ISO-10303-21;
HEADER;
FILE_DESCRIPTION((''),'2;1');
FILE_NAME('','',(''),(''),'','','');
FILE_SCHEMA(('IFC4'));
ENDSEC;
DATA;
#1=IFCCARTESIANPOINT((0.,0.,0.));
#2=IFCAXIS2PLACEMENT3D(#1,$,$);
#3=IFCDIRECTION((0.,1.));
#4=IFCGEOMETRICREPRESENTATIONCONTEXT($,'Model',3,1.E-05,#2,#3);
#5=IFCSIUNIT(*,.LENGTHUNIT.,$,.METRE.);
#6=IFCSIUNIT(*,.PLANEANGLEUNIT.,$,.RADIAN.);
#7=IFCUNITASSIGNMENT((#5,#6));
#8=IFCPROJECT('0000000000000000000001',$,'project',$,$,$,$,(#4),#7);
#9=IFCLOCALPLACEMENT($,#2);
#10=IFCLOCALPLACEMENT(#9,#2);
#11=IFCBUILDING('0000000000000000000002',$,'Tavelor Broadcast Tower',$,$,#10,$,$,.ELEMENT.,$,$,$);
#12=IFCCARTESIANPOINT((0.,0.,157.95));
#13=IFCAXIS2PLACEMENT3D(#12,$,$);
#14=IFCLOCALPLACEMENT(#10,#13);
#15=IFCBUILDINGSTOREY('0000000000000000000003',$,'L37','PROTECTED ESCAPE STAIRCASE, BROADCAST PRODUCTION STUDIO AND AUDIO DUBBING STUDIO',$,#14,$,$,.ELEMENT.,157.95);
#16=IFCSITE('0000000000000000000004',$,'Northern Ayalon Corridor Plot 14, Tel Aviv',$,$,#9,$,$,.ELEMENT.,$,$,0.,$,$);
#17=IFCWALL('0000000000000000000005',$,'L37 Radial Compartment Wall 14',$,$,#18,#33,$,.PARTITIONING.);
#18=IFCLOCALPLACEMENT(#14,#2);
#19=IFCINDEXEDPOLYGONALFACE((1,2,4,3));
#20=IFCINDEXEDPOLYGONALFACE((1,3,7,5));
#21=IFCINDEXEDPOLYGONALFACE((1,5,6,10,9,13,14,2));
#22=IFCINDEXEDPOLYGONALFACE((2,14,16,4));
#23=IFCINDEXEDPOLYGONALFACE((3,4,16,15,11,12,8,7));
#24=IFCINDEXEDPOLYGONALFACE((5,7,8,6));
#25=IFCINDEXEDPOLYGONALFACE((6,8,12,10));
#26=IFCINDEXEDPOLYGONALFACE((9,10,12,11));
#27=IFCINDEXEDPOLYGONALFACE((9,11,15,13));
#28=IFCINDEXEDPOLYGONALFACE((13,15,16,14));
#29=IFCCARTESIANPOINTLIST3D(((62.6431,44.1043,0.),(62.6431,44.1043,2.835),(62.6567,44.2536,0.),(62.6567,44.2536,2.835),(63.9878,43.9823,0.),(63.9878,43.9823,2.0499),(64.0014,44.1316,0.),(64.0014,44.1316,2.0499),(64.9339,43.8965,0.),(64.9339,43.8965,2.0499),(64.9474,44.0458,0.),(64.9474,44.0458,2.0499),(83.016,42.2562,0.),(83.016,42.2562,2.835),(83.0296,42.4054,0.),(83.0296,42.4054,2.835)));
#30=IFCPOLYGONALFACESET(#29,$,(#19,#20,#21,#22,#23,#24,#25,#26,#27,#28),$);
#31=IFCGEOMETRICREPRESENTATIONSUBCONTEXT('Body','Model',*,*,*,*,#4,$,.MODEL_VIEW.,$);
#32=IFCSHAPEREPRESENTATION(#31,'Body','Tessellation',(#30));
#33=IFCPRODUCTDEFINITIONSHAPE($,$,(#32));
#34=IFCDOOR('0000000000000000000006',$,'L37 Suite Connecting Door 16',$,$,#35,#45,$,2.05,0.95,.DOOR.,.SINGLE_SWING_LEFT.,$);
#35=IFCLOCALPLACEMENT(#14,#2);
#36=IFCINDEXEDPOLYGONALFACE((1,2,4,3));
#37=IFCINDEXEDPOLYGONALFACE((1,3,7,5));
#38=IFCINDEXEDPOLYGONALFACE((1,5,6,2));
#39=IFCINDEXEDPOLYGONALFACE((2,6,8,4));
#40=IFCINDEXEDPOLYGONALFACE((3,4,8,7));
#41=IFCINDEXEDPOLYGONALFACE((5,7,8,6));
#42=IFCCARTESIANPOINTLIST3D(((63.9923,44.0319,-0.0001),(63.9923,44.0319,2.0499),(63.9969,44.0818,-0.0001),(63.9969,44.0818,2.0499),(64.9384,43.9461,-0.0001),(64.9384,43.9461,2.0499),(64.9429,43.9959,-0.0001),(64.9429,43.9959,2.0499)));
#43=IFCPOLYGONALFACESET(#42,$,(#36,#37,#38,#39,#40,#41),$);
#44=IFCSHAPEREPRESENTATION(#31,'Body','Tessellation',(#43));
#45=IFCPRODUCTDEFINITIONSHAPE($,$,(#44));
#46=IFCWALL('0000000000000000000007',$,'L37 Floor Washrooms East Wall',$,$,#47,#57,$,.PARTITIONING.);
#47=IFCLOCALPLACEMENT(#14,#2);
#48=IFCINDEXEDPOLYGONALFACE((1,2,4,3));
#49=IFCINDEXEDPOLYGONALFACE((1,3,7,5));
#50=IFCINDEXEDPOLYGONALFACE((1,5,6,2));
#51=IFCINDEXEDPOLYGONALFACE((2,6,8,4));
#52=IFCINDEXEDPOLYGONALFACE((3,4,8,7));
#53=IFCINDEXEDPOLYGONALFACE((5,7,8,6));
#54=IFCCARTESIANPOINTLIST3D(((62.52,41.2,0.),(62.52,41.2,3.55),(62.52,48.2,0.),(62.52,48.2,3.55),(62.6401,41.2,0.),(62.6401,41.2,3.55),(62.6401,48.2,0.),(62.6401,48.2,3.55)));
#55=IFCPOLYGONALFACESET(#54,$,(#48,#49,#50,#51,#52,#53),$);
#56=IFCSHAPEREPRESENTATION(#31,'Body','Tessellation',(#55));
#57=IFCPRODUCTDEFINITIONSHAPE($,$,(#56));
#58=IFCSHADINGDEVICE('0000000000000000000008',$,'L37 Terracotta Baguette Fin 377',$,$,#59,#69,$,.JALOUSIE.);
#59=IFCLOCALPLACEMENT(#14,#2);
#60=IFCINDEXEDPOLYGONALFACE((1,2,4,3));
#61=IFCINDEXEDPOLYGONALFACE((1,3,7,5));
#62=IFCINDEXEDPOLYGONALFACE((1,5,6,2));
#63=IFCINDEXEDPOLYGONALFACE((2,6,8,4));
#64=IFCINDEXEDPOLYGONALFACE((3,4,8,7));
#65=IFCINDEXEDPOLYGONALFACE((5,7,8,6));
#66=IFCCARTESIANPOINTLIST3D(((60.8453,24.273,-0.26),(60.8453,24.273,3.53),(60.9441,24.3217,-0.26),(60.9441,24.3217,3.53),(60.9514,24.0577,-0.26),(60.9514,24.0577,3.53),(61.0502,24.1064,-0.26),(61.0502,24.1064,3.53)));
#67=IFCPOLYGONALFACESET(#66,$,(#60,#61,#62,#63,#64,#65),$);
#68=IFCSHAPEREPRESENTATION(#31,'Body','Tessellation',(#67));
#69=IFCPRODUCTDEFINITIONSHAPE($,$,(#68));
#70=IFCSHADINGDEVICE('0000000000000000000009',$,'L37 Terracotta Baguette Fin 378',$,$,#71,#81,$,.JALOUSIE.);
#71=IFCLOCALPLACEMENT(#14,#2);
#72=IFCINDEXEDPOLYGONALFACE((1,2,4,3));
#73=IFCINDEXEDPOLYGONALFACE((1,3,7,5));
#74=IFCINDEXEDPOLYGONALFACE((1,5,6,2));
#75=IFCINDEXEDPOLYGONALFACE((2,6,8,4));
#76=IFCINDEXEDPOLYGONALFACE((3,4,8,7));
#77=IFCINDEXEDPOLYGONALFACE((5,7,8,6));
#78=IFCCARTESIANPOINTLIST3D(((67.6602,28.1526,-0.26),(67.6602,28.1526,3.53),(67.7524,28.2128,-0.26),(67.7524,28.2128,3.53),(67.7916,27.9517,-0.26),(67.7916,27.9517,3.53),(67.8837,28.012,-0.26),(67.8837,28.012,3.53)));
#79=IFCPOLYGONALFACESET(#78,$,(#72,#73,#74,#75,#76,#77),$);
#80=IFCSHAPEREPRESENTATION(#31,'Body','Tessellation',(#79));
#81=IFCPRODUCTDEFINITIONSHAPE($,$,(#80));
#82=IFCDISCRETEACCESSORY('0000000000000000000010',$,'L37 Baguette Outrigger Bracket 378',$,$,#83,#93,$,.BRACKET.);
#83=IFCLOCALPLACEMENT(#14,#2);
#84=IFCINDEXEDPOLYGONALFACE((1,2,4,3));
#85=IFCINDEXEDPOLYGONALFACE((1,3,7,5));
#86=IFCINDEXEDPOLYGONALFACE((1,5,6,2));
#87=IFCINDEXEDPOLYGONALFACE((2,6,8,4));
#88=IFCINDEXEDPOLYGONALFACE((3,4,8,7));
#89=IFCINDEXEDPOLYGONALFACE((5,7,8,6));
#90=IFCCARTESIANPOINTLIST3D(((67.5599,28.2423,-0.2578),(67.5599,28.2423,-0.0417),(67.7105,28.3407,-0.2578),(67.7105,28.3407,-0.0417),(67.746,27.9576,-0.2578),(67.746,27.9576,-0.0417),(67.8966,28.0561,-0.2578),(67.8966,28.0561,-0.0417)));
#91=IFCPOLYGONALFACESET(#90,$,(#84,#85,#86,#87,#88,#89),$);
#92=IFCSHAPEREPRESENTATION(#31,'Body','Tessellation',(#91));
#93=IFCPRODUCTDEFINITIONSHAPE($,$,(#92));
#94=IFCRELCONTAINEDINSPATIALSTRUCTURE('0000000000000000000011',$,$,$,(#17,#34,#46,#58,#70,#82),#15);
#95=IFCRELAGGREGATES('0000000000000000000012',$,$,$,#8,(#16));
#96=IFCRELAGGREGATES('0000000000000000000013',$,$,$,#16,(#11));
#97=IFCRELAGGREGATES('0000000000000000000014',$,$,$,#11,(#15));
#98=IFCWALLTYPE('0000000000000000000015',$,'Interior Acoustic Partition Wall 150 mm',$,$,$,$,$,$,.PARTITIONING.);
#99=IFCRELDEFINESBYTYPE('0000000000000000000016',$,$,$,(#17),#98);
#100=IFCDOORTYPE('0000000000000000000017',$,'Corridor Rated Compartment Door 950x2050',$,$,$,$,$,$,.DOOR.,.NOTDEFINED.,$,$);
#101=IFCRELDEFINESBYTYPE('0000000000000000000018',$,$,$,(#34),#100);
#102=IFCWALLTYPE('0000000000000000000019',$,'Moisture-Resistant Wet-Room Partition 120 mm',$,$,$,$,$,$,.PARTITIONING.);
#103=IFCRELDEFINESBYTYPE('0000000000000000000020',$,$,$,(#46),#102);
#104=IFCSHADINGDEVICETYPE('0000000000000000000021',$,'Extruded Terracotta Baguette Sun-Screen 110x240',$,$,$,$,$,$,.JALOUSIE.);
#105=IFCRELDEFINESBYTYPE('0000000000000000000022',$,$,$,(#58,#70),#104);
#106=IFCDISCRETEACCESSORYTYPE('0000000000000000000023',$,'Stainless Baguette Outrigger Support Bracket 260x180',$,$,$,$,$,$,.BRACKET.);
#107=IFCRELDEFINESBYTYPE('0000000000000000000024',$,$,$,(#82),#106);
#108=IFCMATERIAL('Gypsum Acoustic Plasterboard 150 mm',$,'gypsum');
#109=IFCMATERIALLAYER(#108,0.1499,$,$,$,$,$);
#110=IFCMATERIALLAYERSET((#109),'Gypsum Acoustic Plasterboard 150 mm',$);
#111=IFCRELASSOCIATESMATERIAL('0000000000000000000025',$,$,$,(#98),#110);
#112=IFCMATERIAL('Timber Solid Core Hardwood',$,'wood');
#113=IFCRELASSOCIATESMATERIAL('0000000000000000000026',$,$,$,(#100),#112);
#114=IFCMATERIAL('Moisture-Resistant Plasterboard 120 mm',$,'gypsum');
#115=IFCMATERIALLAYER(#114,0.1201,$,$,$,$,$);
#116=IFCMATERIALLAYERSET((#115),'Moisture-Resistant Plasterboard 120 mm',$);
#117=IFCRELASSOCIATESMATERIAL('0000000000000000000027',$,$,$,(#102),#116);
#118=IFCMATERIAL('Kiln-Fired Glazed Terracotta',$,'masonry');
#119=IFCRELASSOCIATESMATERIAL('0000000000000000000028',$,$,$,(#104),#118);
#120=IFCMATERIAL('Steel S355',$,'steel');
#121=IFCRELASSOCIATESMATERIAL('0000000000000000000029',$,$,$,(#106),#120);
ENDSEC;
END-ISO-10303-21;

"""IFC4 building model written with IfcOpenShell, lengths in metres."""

from ifc_helpers import new_model, si_unit, direction, frame, frame_2d, origin, origin_2d, place, context, subcontext, project, spatial, rectangle, extrude, source, transform, mapped, material, layer, layer_set, type_object, type_shapes, element, fill, save


model = new_model("IFC4")

# Units and contexts
model_context = context("Model", 3, precision=1e-05, world=origin(), true_north=direction((0.0, 1.0)))
body_context = subcontext(model_context, "Body", "Model", "MODEL_VIEW")
ifc_project = project(units=[si_unit("LENGTHUNIT", "METRE"), si_unit("PLANEANGLEUNIT", "RADIAN")], contexts=[model_context])

# Site, building, storey
site_placement = place(None, origin())
site = spatial("IfcSite", under=ifc_project, at=site_placement, Name="Northern Ayalon Corridor Plot 14, Tel Aviv", CompositionType="ELEMENT", RefElevation=0.0)
building_placement = place(site_placement, origin())
building = spatial("IfcBuilding", under=site, at=building_placement, Name="Tavelor Broadcast Tower", CompositionType="ELEMENT")
storey_placement = place(building_placement, frame((0.0, 0.0, 157.95)))
storey = spatial("IfcBuildingStorey", under=building, at=storey_placement, Name="L37", Description="PROTECTED ESCAPE STAIRCASE, BROADCAST PRODUCTION STUDIO AND AUDIO DUBBING STUDIO", CompositionType="ELEMENT", Elevation=157.95)

# Shared definitions
ifc_material_1 = material(Name="Steel S355", Category="steel")

# Wall, opening, door
ifc_material_2 = material(Name="Gypsum Acoustic Plasterboard 150 mm", Category="gypsum")
ifc_layer_1 = layer(ifc_material_2, 0.1499)
ifc_layer_set_1 = layer_set([ifc_layer_1], Name="Gypsum Acoustic Plasterboard 150 mm")
wall_type_1 = type_object("IfcWallType", Name="Interior Acoustic Partition Wall 150 mm", PredefinedType="PARTITIONING", material=ifc_layer_set_1)
wall_1_placement = place(storey_placement, frame((62.6499, 44.179, 0.0), z_axis=(0.0, 0.0, 1.0), x_axis=(0.995911, -0.090345, 0.0)))
wall_1 = element("IfcWall", 1, at=wall_1_placement, inside=storey, type_object=wall_type_1, Name="L37 Radial Compartment Wall 14", PredefinedType="PARTITIONING", context=body_context, shape_type="SweptSolid", body=[
    extrude(rectangle(XDim=20.4565, YDim=0.1499, at=frame_2d((10.2283, 0.0))), origin(), (0.0, 0.0, 1.0), 2.835),
])
opening_placement = place(wall_1_placement, frame((1.3501, 0.0, 0.0)))
opening = element("IfcOpeningElement", 2, at=opening_placement, cuts=wall_1, PredefinedType="OPENING", context=body_context, shape_type="SweptSolid", body=[
    extrude(rectangle(XDim=0.95, YDim=2.05, at=frame_2d((0.4751, 1.0249))), frame((0.0, 0.085, 0.0), z_axis=(0.0, -1.0, 0.0), x_axis=(1.0, 0.0, 0.0)), (0.0, 0.0, 1.0), 0.1699),
])
ifc_material_3 = material(Name="Timber Solid Core Hardwood", Category="wood")
door_type = type_object("IfcDoorType", Name="Corridor Rated Compartment Door 950x2050", OperationType="NOTDEFINED", PredefinedType="DOOR", material=ifc_material_3)
door_placement = place(opening_placement, origin())
door = element("IfcDoor", 3, at=door_placement, inside=storey, type_object=door_type, Name="L37 Suite Connecting Door 16", OperationType="SINGLE_SWING_LEFT", OverallHeight=2.05, OverallWidth=0.95, PredefinedType="DOOR", context=body_context, shape_type="SweptSolid", body=[
    extrude(rectangle(XDim=0.95, YDim=2.05, at=frame_2d((0.4751, 1.0249))), frame((0.0, 0.0249, 0.0), z_axis=(0.0, -1.0, 0.0), x_axis=(1.0, 0.0, 0.0)), (0.0, 0.0, 1.0), 0.05),
])
fill(opening, door)

# Wall
ifc_material_4 = material(Name="Moisture-Resistant Plasterboard 120 mm", Category="gypsum")
ifc_layer_2 = layer(ifc_material_4, 0.1201)
ifc_layer_set_2 = layer_set([ifc_layer_2], Name="Moisture-Resistant Plasterboard 120 mm")
wall_type_2 = type_object("IfcWallType", Name="Moisture-Resistant Wet-Room Partition 120 mm", PredefinedType="PARTITIONING", material=ifc_layer_set_2)
wall_2_placement = place(storey_placement, frame((62.5801, 41.2, 0.0), z_axis=(0.0, 0.0, 1.0), x_axis=(0.0, 1.0, 0.0)))
element("IfcWall", 4, at=wall_2_placement, inside=storey, type_object=wall_type_2, Name="L37 Floor Washrooms East Wall", PredefinedType="PARTITIONING", context=body_context, shape_type="SweptSolid", body=[
    extrude(rectangle(XDim=7.0, YDim=0.1201, at=frame_2d((3.5, 0.0))), origin(), (0.0, 0.0, 1.0), 3.55),
])

# Shading devices
ifc_material_5 = material(Name="Kiln-Fired Glazed Terracotta", Category="masonry")
shading_device_type = type_object("IfcShadingDeviceType", Name="Extruded Terracotta Baguette Sun-Screen 110x240", PredefinedType="JALOUSIE", material=ifc_material_5)
shared_shape_1 = source(origin(), body_context, "Body", "SweptSolid", [
    extrude(rectangle(XDim=0.1101, YDim=0.24, at=origin_2d()), origin(), (0.0, 0.0, 1.0), 3.79),
])
type_shapes(shading_device_type, [shared_shape_1])
for number, where, z_axis, x_axis, name in (
    (5, (60.9478, 24.1897, -0.26), (0.0, 0.0, 1.0), (0.897104, 0.441819, 0.0), "L37 Terracotta Baguette Fin 377"),
    (6, (67.772, 28.0823, -0.26), (0.0, 0.0, 1.0), (0.836955, 0.547271, 0.0), "L37 Terracotta Baguette Fin 378"),
):
    element("IfcShadingDevice", number, at=place(storey_placement, frame(where, z_axis=z_axis, x_axis=x_axis)), inside=storey, type_object=shading_device_type, Name=name, PredefinedType="JALOUSIE", context=body_context, shape_type="MappedRepresentation", body=[
        mapped(shared_shape_1, transform((0.0, 0.0, 0.0), scale=1.0)),
    ])

# Discrete accessory
discrete_accessory_type = type_object("IfcDiscreteAccessoryType", Name="Stainless Baguette Outrigger Support Bracket 260x180", PredefinedType="BRACKET", material=ifc_material_1)
shared_shape_2 = source(origin(), body_context, "Body", "SweptSolid", [
    extrude(rectangle(XDim=0.1799, YDim=0.3401, at=origin_2d()), origin(), (0.0, 0.0, 1.0), 0.2161),
])
type_shapes(discrete_accessory_type, [shared_shape_2])
discrete_accessory_placement = place(storey_placement, frame((67.7283, 28.1492, -0.2578), z_axis=(0.0, 0.0, 1.0), x_axis=(0.836955, 0.547271, 0.0)))
element("IfcDiscreteAccessory", 7, at=discrete_accessory_placement, inside=storey, type_object=discrete_accessory_type, Name="L37 Baguette Outrigger Bracket 378", PredefinedType="BRACKET", context=body_context, shape_type="MappedRepresentation", body=[
    mapped(shared_shape_2, transform((0.0, 0.0, 0.0), scale=1.0)),
])

save(model, "model.ifc")
